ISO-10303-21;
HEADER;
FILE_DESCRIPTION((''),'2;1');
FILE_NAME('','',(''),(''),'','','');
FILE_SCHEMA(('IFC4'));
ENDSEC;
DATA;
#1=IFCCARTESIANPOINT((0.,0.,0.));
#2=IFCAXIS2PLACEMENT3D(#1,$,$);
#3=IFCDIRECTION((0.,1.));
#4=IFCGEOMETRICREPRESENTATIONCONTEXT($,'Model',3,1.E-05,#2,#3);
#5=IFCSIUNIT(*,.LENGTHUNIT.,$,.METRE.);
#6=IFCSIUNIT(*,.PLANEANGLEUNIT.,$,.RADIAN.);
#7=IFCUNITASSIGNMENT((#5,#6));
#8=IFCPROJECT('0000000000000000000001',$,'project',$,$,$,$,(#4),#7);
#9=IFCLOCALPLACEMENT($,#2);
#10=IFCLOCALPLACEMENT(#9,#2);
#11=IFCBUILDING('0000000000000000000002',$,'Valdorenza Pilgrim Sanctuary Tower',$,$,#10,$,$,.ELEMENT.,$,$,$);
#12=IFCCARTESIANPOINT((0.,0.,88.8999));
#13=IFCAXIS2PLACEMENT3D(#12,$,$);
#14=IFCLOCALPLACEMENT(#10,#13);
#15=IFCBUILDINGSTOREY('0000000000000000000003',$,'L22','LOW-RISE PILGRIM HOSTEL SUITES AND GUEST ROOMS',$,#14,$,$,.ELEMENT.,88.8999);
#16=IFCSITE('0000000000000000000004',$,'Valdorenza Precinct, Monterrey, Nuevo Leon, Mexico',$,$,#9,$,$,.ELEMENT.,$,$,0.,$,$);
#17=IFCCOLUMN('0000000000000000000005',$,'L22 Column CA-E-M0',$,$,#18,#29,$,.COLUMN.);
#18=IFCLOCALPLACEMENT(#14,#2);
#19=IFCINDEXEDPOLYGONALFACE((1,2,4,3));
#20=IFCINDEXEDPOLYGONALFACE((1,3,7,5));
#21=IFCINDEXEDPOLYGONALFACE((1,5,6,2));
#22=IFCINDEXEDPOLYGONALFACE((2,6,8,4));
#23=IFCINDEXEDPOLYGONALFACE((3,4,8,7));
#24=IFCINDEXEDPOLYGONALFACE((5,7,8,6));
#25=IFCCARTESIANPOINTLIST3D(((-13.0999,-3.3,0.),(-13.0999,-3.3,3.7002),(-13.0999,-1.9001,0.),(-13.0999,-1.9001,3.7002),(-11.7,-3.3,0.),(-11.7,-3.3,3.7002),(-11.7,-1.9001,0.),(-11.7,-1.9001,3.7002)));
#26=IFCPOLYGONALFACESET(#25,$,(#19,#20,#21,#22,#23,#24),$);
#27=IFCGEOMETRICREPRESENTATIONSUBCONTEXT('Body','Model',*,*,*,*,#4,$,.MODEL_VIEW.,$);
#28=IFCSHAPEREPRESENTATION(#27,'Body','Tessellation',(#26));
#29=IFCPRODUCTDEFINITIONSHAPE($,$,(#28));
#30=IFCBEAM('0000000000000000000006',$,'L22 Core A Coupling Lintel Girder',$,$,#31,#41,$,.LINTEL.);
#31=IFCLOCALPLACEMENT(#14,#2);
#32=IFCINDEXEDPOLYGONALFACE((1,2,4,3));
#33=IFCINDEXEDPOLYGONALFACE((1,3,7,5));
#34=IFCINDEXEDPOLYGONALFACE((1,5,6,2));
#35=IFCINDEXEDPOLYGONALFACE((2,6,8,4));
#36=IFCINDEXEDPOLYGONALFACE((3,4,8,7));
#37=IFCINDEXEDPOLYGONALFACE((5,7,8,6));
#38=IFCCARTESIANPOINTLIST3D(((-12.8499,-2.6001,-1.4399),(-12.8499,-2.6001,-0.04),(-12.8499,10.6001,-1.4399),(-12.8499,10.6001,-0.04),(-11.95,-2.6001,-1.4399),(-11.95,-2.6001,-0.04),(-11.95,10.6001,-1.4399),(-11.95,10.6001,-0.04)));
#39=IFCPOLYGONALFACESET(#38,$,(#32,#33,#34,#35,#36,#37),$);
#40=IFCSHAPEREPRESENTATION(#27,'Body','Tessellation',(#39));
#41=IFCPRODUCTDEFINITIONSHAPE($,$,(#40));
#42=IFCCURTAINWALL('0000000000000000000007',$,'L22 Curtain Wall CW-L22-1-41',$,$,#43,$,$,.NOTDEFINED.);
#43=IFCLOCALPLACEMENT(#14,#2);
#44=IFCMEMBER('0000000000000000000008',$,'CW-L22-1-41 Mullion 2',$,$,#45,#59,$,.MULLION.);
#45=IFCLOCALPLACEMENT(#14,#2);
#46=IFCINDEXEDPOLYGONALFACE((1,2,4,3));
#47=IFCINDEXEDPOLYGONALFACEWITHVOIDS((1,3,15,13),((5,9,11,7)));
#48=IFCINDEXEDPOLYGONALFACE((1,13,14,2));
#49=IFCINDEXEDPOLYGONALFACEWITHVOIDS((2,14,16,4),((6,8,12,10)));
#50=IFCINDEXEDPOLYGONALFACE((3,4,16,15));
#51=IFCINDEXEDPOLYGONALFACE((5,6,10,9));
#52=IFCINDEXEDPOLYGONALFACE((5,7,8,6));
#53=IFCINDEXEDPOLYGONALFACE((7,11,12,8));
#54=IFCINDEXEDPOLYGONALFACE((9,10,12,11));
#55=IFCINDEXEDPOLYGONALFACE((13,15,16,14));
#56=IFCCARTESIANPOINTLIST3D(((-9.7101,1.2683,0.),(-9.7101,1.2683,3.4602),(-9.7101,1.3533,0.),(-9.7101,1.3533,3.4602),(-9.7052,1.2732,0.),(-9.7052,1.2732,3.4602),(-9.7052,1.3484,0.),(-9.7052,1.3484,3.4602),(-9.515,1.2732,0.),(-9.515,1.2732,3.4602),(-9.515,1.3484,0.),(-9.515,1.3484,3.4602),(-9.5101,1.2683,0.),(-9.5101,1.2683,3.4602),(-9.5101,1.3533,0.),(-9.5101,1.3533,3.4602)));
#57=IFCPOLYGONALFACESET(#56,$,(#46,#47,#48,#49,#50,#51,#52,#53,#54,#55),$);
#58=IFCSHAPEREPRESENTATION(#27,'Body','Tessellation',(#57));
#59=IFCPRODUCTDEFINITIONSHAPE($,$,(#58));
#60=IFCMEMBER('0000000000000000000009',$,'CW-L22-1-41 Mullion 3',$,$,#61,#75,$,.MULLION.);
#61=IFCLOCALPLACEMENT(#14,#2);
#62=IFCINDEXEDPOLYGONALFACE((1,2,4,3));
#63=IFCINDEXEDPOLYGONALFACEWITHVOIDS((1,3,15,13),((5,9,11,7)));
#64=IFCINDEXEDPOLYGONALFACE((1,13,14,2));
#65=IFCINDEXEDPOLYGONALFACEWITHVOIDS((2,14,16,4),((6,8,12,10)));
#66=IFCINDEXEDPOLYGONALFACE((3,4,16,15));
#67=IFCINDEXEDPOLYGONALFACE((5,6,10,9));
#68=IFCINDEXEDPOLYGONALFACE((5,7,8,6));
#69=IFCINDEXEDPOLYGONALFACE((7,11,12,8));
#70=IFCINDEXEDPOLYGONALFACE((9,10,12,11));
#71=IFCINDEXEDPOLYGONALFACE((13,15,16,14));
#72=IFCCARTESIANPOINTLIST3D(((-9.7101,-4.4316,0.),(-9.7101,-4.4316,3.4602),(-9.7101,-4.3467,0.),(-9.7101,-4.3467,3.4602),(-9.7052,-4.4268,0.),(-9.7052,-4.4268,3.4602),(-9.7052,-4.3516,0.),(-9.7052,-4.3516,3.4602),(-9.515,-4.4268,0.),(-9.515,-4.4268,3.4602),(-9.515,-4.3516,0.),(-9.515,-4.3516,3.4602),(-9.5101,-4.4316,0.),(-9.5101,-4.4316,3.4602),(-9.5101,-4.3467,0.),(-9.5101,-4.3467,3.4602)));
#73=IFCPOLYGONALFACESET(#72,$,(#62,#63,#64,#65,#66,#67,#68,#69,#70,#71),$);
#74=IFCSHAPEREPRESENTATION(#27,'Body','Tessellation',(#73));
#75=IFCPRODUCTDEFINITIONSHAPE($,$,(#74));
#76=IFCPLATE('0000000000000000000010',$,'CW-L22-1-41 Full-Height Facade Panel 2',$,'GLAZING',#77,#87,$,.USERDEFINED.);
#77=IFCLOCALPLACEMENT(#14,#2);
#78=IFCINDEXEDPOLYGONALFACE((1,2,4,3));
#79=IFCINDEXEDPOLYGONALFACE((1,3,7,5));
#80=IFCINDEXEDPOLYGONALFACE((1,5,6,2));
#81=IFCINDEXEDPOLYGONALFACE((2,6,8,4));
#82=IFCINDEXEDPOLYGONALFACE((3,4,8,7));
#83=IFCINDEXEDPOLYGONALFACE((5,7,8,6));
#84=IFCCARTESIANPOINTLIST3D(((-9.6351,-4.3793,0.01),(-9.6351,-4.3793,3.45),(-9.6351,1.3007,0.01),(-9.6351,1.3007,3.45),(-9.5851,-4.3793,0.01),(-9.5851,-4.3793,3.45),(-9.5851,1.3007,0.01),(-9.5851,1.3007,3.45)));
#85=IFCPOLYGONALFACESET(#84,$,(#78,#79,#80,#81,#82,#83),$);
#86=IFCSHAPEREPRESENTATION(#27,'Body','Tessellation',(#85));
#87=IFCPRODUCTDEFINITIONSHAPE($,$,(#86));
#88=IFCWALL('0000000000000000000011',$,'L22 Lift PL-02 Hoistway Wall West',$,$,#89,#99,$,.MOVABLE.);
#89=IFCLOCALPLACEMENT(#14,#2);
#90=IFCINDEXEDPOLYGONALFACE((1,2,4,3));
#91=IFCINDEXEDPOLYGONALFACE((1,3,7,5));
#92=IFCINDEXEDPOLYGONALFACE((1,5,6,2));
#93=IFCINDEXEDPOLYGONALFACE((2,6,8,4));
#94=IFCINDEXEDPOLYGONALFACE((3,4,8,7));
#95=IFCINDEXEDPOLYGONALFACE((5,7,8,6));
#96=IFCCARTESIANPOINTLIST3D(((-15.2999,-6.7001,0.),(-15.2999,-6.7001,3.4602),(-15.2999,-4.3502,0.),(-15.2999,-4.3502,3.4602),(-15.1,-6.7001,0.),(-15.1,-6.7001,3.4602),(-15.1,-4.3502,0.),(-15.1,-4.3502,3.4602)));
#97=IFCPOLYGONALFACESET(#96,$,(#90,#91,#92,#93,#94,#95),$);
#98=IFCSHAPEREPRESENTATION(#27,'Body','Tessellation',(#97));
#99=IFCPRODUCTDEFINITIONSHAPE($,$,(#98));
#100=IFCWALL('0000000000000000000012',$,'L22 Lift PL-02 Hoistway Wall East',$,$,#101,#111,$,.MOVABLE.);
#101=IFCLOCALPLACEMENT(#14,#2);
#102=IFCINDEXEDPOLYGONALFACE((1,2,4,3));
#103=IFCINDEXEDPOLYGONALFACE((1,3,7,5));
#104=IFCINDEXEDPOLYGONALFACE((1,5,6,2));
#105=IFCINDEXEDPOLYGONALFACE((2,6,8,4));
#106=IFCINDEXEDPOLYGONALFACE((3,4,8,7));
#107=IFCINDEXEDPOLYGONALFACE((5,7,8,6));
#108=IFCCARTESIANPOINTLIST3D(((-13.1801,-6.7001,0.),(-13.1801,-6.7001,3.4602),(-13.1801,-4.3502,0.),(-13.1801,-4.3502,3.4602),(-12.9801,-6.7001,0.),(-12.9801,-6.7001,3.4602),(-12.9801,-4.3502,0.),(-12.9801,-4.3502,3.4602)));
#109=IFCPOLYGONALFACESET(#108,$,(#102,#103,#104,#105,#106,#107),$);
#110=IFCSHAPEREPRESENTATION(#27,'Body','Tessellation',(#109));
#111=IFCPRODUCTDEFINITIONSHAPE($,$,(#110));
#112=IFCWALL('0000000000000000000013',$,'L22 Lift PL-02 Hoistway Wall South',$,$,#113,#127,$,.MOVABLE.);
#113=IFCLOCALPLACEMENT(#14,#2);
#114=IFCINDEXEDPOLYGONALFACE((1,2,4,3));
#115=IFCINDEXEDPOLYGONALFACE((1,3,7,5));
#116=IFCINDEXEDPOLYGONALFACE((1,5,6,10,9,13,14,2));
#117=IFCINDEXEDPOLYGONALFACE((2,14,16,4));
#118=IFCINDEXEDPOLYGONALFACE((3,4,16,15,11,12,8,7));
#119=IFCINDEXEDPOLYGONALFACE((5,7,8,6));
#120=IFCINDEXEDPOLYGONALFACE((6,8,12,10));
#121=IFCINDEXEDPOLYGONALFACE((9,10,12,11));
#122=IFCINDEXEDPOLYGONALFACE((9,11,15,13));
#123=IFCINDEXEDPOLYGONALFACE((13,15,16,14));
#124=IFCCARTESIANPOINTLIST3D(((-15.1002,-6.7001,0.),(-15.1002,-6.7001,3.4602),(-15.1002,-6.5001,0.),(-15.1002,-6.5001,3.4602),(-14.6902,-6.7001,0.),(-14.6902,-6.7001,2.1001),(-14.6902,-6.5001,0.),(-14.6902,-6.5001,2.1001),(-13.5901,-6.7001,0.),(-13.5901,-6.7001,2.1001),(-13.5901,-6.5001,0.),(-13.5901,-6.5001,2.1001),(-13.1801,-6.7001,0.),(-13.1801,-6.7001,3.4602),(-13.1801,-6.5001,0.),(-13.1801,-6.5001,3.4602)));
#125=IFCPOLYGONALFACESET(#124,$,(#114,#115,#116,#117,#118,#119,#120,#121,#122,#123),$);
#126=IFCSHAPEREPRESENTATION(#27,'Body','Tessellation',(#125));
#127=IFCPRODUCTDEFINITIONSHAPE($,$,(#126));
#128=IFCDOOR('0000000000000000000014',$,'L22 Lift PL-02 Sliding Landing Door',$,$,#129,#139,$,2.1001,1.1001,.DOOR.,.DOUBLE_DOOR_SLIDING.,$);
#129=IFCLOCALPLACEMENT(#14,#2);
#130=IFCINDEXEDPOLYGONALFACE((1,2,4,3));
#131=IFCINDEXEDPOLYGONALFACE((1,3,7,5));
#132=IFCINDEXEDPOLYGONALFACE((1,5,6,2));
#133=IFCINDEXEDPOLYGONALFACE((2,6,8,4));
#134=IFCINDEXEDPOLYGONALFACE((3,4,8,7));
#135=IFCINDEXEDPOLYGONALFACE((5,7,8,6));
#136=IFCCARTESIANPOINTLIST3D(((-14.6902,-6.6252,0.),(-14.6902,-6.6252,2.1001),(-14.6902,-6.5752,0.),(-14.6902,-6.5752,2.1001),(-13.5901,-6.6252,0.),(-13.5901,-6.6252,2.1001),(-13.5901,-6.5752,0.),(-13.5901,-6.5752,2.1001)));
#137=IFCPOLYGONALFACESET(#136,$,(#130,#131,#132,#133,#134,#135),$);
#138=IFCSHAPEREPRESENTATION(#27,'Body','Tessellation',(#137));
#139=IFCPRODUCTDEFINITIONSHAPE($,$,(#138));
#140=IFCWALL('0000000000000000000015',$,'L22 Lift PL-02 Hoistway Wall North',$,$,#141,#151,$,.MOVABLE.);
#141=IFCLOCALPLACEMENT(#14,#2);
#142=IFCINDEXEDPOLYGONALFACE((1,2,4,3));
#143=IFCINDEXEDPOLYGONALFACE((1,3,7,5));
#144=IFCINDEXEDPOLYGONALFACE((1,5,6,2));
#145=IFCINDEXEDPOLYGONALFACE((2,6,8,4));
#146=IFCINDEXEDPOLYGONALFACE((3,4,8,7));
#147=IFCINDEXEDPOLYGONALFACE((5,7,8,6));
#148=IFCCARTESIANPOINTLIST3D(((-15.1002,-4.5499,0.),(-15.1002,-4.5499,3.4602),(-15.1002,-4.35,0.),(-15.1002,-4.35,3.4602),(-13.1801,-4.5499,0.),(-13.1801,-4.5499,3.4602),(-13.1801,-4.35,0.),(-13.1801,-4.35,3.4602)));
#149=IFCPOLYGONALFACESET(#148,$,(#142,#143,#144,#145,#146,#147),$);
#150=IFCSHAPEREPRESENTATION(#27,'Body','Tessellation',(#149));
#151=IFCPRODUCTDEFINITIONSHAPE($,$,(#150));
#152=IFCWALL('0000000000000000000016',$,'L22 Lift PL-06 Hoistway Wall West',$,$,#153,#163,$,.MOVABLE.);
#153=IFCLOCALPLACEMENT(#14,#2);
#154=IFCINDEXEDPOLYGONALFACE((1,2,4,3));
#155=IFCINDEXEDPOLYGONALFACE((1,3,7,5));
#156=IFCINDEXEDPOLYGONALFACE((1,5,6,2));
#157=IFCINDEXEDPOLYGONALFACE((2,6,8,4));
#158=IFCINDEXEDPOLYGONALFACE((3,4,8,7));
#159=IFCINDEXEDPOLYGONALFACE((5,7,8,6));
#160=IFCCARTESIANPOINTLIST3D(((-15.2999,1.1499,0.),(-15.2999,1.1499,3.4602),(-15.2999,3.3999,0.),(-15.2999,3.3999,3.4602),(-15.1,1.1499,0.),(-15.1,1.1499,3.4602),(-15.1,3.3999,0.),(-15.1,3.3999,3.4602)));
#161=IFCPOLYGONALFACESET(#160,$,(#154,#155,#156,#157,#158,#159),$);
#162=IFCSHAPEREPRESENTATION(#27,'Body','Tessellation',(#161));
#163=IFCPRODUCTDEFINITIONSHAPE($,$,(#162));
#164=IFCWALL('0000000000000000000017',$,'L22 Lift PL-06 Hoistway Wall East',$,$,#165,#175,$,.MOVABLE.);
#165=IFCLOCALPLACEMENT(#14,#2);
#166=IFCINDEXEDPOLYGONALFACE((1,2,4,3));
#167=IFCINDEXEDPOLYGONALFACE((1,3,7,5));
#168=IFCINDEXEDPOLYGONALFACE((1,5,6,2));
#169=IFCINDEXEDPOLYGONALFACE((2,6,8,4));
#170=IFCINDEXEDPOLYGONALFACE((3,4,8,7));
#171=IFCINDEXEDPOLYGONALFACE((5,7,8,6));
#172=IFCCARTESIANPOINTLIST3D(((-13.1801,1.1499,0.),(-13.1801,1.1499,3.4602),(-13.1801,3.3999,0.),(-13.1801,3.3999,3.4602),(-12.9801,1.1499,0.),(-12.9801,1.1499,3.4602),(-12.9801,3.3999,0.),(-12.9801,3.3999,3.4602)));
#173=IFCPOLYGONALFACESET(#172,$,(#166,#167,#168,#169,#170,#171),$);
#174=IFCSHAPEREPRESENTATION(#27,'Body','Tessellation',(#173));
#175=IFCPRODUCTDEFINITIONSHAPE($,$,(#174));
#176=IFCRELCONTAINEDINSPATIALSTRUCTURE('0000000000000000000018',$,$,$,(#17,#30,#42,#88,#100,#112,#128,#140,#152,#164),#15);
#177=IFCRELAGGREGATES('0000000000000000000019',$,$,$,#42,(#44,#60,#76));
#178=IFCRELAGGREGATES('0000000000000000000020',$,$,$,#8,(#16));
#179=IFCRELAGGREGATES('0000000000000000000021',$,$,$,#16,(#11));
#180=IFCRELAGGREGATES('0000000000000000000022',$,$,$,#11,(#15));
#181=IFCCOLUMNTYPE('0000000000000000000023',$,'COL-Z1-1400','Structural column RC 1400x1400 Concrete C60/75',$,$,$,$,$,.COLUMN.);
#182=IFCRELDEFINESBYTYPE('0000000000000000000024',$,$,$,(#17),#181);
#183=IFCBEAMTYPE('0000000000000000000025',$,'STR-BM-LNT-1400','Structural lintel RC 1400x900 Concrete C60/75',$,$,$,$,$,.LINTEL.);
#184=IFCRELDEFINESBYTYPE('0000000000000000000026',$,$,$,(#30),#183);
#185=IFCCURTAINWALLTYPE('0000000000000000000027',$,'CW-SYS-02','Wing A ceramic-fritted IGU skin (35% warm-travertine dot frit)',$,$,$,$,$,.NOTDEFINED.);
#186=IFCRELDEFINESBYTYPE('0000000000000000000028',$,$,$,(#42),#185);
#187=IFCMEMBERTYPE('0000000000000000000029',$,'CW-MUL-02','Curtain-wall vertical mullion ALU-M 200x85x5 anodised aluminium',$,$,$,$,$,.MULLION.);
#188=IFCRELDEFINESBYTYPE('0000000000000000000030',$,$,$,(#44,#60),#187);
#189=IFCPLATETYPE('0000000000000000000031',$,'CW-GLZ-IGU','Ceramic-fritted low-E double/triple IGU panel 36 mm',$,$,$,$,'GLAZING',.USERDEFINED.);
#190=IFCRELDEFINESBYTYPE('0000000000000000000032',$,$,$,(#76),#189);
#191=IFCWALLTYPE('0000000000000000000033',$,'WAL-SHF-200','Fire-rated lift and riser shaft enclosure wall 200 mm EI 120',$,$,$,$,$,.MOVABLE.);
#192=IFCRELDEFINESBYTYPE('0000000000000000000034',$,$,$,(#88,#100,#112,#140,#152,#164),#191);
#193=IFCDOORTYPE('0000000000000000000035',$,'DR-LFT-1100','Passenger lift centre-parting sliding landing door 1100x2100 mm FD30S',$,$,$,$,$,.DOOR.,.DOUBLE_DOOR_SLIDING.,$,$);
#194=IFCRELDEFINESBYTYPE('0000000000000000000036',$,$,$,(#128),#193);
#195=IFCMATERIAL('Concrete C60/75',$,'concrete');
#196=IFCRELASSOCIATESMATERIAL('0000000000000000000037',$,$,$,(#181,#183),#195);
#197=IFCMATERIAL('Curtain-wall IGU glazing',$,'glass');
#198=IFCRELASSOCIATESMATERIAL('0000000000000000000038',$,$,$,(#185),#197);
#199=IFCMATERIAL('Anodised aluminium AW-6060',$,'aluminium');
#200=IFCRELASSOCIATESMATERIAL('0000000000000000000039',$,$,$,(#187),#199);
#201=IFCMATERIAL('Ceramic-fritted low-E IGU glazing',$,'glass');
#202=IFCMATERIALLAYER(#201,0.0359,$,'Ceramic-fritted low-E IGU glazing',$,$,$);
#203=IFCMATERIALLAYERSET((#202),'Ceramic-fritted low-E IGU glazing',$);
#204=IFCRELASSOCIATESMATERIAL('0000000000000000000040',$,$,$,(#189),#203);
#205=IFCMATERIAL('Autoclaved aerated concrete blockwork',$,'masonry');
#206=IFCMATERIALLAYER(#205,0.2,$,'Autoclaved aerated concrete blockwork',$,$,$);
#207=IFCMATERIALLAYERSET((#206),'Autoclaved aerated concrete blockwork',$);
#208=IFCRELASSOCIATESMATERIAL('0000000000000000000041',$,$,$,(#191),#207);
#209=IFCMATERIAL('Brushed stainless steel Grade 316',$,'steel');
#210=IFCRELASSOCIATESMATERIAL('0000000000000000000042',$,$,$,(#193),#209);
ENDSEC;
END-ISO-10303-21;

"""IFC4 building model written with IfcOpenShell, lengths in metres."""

from ifc_helpers import new_model, si_unit, direction, frame, frame_2d, origin, origin_2d, place, context, subcontext, project, spatial, rectangle, hollow_rectangle, extrude, source, transform, mapped, material, layer, layer_set, material_profile, profile_set, type_object, element, fill, aggregate, save


model = new_model("IFC4")

# Units and contexts
model_context = context("Model", 3, precision=1e-05, world=origin(), true_north=direction((0.0, 1.0)))
body_context = subcontext(model_context, "Body", "Model", "MODEL_VIEW")
ifc_project = project(units=[si_unit("LENGTHUNIT", "METRE"), si_unit("PLANEANGLEUNIT", "RADIAN")], contexts=[model_context])

# Site, building, storey
site_placement = place(None, origin())
site = spatial("IfcSite", under=ifc_project, at=site_placement, Name="Valdorenza Precinct, Monterrey, Nuevo Leon, Mexico", CompositionType="ELEMENT", RefElevation=0.0)
building_placement = place(site_placement, origin())
building = spatial("IfcBuilding", under=site, at=building_placement, Name="Valdorenza Pilgrim Sanctuary Tower", CompositionType="ELEMENT")
storey_placement = place(building_placement, frame((0.0, 0.0, 88.8999)))
storey = spatial("IfcBuildingStorey", under=building, at=storey_placement, Name="L22", Description="LOW-RISE PILGRIM HOSTEL SUITES AND GUEST ROOMS", CompositionType="ELEMENT", Elevation=88.8999)

# Column
ifc_material_1 = material(Name="Concrete C60/75", Category="concrete")
ifc_material_profile_1 = material_profile(ifc_material_1, rectangle(XDim=1.3999, YDim=1.3999, at=origin_2d()), Name="RC 1400x1400")
ifc_profile_set_1 = profile_set([ifc_material_profile_1], Name="Concrete C60/75")
column_type = type_object("IfcColumnType", Name="COL-Z1-1400", Description="Structural column RC 1400x1400 Concrete C60/75", PredefinedType="COLUMN", material=ifc_profile_set_1)
shared_shape_1 = source(origin(), body_context, "Body", "SweptSolid", [
    extrude(rectangle(XDim=1.3999, YDim=1.3999, at=origin_2d()), origin(), (0.0, 0.0, 1.0), 3.7002),
])
column_placement = place(storey_placement, frame((-12.3999, -2.6001, 0.0), z_axis=(0.0, 0.0, 1.0), x_axis=(1.0, 0.0, 0.0)))
element("IfcColumn", 1, at=column_placement, inside=storey, type_object=column_type, Name="L22 Column CA-E-M0", PredefinedType="COLUMN", context=body_context, shape_type="MappedRepresentation", body=[
    mapped(shared_shape_1, transform((0.0, 0.0, 0.0), x_axis=(1.0, 0.0, 0.0), y_axis=(0.0, 1.0, 0.0), z_axis=(0.0, 0.0, 1.0), scale=1.0)),
])

# Beam
ifc_material_profile_2 = material_profile(ifc_material_1, rectangle(XDim=0.8999, YDim=1.3999, at=origin_2d()), Name="RC 1400x900")
ifc_profile_set_2 = profile_set([ifc_material_profile_2], Name="Concrete C60/75")
beam_type = type_object("IfcBeamType", Name="STR-BM-LNT-1400", Description="Structural lintel RC 1400x900 Concrete C60/75", PredefinedType="LINTEL", material=ifc_profile_set_2)
shared_shape_2 = source(origin(), body_context, "Body", "SweptSolid", [
    extrude(rectangle(XDim=0.8999, YDim=1.3999, at=origin_2d()), origin(), (0.0, 0.0, 1.0), 13.2002),
])
beam_placement = place(storey_placement, frame((-12.3999, -2.6001, -0.74), z_axis=(0.0, 1.0, 0.0), x_axis=(-1.0, 0.0, 0.0)))
element("IfcBeam", 2, at=beam_placement, inside=storey, type_object=beam_type, Name="L22 Core A Coupling Lintel Girder", PredefinedType="LINTEL", context=body_context, shape_type="MappedRepresentation", body=[
    mapped(shared_shape_2, transform((0.0, 0.0, 0.0), x_axis=(1.0, 0.0, 0.0), y_axis=(0.0, 1.0, 0.0), z_axis=(0.0, 0.0, 1.0), scale=1.0)),
])

# Curtain wall, members, plate
ifc_material_2 = material(Name="Curtain-wall IGU glazing", Category="glass")
curtain_wall_type = type_object("IfcCurtainWallType", Name="CW-SYS-02", Description="Wing A ceramic-fritted IGU skin (35% warm-travertine dot frit)", PredefinedType="NOTDEFINED", material=ifc_material_2)
curtain_wall_placement = place(storey_placement, origin())
curtain_wall = element("IfcCurtainWall", 3, at=curtain_wall_placement, inside=storey, type_object=curtain_wall_type, Name="L22 Curtain Wall CW-L22-1-41", PredefinedType="NOTDEFINED")
ifc_material_3 = material(Name="Anodised aluminium AW-6060", Category="aluminium")
ifc_material_profile_3 = material_profile(ifc_material_3, hollow_rectangle(XDim=0.085, YDim=0.2, WallThickness=0.0049, at=origin_2d()), Name="ALU-M 200x85x5")
ifc_profile_set_3 = profile_set([ifc_material_profile_3], Name="Anodised aluminium AW-6060")
member_type = type_object("IfcMemberType", Name="CW-MUL-02", Description="Curtain-wall vertical mullion ALU-M 200x85x5 anodised aluminium", PredefinedType="MULLION", material=ifc_profile_set_3)
shared_shape_3 = source(origin(), body_context, "Body", "SweptSolid", [
    extrude(hollow_rectangle(XDim=0.085, YDim=0.2, WallThickness=0.0049, at=origin_2d()), origin(), (0.0, 0.0, 1.0), 3.4602),
])
member_1_placement = place(storey_placement, frame((-9.6101, 1.3108, 0.0), z_axis=(0.0, 0.0, 1.0), x_axis=(0.0, -1.0, 0.0)))
member_1 = element("IfcMember", 4, at=member_1_placement, type_object=member_type, Name="CW-L22-1-41 Mullion 2", PredefinedType="MULLION", context=body_context, shape_type="MappedRepresentation", body=[
    mapped(shared_shape_3, transform((0.0, 0.0, 0.0), x_axis=(1.0, 0.0, 0.0), y_axis=(0.0, 1.0, 0.0), z_axis=(0.0, 0.0, 1.0), scale=1.0)),
])
member_2_placement = place(storey_placement, frame((-9.6101, -4.3892, 0.0), z_axis=(0.0, 0.0, 1.0), x_axis=(0.0, -1.0, 0.0)))
member_2 = element("IfcMember", 5, at=member_2_placement, type_object=member_type, Name="CW-L22-1-41 Mullion 3", PredefinedType="MULLION", context=body_context, shape_type="MappedRepresentation", body=[
    mapped(shared_shape_3, transform((0.0, 0.0, 0.0), x_axis=(1.0, 0.0, 0.0), y_axis=(0.0, 1.0, 0.0), z_axis=(0.0, 0.0, 1.0), scale=1.0)),
])
ifc_material_4 = material(Name="Ceramic-fritted low-E IGU glazing", Category="glass")
ifc_layer_1 = layer(ifc_material_4, 0.0359, Name="Ceramic-fritted low-E IGU glazing")
ifc_layer_set_1 = layer_set([ifc_layer_1], Name="Ceramic-fritted low-E IGU glazing")
plate_type = type_object("IfcPlateType", Name="CW-GLZ-IGU", Description="Ceramic-fritted low-E double/triple IGU panel 36 mm", ElementType="GLAZING", PredefinedType="USERDEFINED", material=ifc_layer_set_1)
shared_shape_4 = source(origin(), body_context, "Body", "SweptSolid", [
    extrude(rectangle(XDim=5.6799, YDim=0.05, at=origin_2d()), origin(), (0.0, 0.0, 1.0), 3.4399),
])
plate_placement = place(storey_placement, frame((-9.6101, -1.5393, 0.01), z_axis=(0.0, 0.0, 1.0), x_axis=(0.0, -1.0, 0.0)))
plate = element("IfcPlate", 6, at=plate_placement, type_object=plate_type, Name="CW-L22-1-41 Full-Height Facade Panel 2", ObjectType="GLAZING", PredefinedType="USERDEFINED", context=body_context, shape_type="MappedRepresentation", body=[
    mapped(shared_shape_4, transform((0.0, 0.0, 0.0), x_axis=(1.0, 0.0, 0.0), y_axis=(0.0, 1.0, 0.0), z_axis=(0.0, 0.0, 1.0), scale=1.0)),
])
aggregate(curtain_wall, [member_1, member_2, plate])

# Walls
ifc_material_5 = material(Name="Autoclaved aerated concrete blockwork", Category="masonry")
ifc_layer_2 = layer(ifc_material_5, 0.2, Name="Autoclaved aerated concrete blockwork")
ifc_layer_set_2 = layer_set([ifc_layer_2], Name="Autoclaved aerated concrete blockwork")
wall_type_1 = type_object("IfcWallType", Name="WAL-SHF-200", Description="Fire-rated lift and riser shaft enclosure wall 200 mm EI 120", PredefinedType="MOVABLE", material=ifc_layer_set_2)
for number, where, z_axis, x_axis, name in (
    (7, (-15.2, -6.7, 0.0), (0.0, 0.0, 1.0), (0.0, 1.0, 0.0), "L22 Lift PL-02 Hoistway Wall West"),
    (8, (-13.0801, -6.7, 0.0), (0.0, 0.0, 1.0), (0.0, 1.0, 0.0), "L22 Lift PL-02 Hoistway Wall East"),
):
    element("IfcWall", number, at=place(storey_placement, frame(where, z_axis=z_axis, x_axis=x_axis)), inside=storey, type_object=wall_type_1, Name=name, PredefinedType="MOVABLE", context=body_context, shape_type="SweptSolid", body=[
        extrude(rectangle(XDim=2.3499, YDim=0.2, at=frame_2d((1.1748, 0.0))), origin(), (0.0, 0.0, 1.0), 3.4602),
    ])

# Wall, opening, door
wall_1_placement = place(storey_placement, frame((-15.1001, -6.6001, 0.0), z_axis=(0.0, 0.0, 1.0), x_axis=(1.0, 0.0, 0.0)))
wall_1 = element("IfcWall", 9, at=wall_1_placement, inside=storey, type_object=wall_type_1, Name="L22 Lift PL-02 Hoistway Wall South", PredefinedType="MOVABLE", context=body_context, shape_type="SweptSolid", body=[
    extrude(rectangle(XDim=1.9202, YDim=0.2, at=frame_2d((0.96, 0.0))), origin(), (0.0, 0.0, 1.0), 3.4602),
])
opening_1_placement = place(wall_1_placement, frame((0.4099, 0.0, 0.0)))
opening_1 = element("IfcOpeningElement", 10, at=opening_1_placement, cuts=wall_1, PredefinedType="OPENING", context=body_context, shape_type="SweptSolid", body=[
    extrude(rectangle(XDim=1.1001, YDim=2.1001, at=frame_2d((0.55, 1.05))), frame((0.0, 0.1147, 0.0), z_axis=(0.0, -1.0, 0.0), x_axis=(1.0, 0.0, 0.0)), (0.0, 0.0, 1.0), 0.2297),
])
ifc_material_6 = material(Name="Brushed stainless steel Grade 316", Category="steel")
door_type_1 = type_object("IfcDoorType", Name="DR-LFT-1100", Description="Passenger lift centre-parting sliding landing door 1100x2100 mm FD30S", OperationType="DOUBLE_DOOR_SLIDING", PredefinedType="DOOR", material=ifc_material_6)
door_1_placement = place(opening_1_placement, origin())
door_1 = element("IfcDoor", 11, at=door_1_placement, inside=storey, type_object=door_type_1, Name="L22 Lift PL-02 Sliding Landing Door", OperationType="DOUBLE_DOOR_SLIDING", OverallHeight=2.1001, OverallWidth=1.1001, PredefinedType="DOOR", context=body_context, shape_type="SweptSolid", body=[
    extrude(rectangle(XDim=1.1001, YDim=2.1001, at=frame_2d((0.55, 1.05))), frame((0.0, 0.0249, 0.0), z_axis=(0.0, -1.0, 0.0), x_axis=(1.0, 0.0, 0.0)), (0.0, 0.0, 1.0), 0.05),
])
fill(opening_1, door_1)

# Walls
wall_2_placement = place(storey_placement, frame((-15.1001, -4.45, 0.0), z_axis=(0.0, 0.0, 1.0), x_axis=(1.0, 0.0, 0.0)))
element("IfcWall", 12, at=wall_2_placement, inside=storey, type_object=wall_type_1, Name="L22 Lift PL-02 Hoistway Wall North", PredefinedType="MOVABLE", context=body_context, shape_type="SweptSolid", body=[
    extrude(rectangle(XDim=1.9202, YDim=0.2, at=frame_2d((0.96, 0.0))), origin(), (0.0, 0.0, 1.0), 3.4602),
])
for number, where, z_axis, x_axis, name in (
    (13, (-15.2, 1.1499, 0.0), (0.0, 0.0, 1.0), (0.0, 1.0, 0.0), "L22 Lift PL-06 Hoistway Wall West"),
    (14, (-13.0801, 1.1499, 0.0), (0.0, 0.0, 1.0), (0.0, 1.0, 0.0), "L22 Lift PL-06 Hoistway Wall East"),
):
    element("IfcWall", number, at=place(storey_placement, frame(where, z_axis=z_axis, x_axis=x_axis)), inside=storey, type_object=wall_type_1, Name=name, PredefinedType="MOVABLE", context=body_context, shape_type="SweptSolid", body=[
        extrude(rectangle(XDim=2.25, YDim=0.2, at=frame_2d((1.125, 0.0))), origin(), (0.0, 0.0, 1.0), 3.4602),
    ])

save(model, "model.ifc")
